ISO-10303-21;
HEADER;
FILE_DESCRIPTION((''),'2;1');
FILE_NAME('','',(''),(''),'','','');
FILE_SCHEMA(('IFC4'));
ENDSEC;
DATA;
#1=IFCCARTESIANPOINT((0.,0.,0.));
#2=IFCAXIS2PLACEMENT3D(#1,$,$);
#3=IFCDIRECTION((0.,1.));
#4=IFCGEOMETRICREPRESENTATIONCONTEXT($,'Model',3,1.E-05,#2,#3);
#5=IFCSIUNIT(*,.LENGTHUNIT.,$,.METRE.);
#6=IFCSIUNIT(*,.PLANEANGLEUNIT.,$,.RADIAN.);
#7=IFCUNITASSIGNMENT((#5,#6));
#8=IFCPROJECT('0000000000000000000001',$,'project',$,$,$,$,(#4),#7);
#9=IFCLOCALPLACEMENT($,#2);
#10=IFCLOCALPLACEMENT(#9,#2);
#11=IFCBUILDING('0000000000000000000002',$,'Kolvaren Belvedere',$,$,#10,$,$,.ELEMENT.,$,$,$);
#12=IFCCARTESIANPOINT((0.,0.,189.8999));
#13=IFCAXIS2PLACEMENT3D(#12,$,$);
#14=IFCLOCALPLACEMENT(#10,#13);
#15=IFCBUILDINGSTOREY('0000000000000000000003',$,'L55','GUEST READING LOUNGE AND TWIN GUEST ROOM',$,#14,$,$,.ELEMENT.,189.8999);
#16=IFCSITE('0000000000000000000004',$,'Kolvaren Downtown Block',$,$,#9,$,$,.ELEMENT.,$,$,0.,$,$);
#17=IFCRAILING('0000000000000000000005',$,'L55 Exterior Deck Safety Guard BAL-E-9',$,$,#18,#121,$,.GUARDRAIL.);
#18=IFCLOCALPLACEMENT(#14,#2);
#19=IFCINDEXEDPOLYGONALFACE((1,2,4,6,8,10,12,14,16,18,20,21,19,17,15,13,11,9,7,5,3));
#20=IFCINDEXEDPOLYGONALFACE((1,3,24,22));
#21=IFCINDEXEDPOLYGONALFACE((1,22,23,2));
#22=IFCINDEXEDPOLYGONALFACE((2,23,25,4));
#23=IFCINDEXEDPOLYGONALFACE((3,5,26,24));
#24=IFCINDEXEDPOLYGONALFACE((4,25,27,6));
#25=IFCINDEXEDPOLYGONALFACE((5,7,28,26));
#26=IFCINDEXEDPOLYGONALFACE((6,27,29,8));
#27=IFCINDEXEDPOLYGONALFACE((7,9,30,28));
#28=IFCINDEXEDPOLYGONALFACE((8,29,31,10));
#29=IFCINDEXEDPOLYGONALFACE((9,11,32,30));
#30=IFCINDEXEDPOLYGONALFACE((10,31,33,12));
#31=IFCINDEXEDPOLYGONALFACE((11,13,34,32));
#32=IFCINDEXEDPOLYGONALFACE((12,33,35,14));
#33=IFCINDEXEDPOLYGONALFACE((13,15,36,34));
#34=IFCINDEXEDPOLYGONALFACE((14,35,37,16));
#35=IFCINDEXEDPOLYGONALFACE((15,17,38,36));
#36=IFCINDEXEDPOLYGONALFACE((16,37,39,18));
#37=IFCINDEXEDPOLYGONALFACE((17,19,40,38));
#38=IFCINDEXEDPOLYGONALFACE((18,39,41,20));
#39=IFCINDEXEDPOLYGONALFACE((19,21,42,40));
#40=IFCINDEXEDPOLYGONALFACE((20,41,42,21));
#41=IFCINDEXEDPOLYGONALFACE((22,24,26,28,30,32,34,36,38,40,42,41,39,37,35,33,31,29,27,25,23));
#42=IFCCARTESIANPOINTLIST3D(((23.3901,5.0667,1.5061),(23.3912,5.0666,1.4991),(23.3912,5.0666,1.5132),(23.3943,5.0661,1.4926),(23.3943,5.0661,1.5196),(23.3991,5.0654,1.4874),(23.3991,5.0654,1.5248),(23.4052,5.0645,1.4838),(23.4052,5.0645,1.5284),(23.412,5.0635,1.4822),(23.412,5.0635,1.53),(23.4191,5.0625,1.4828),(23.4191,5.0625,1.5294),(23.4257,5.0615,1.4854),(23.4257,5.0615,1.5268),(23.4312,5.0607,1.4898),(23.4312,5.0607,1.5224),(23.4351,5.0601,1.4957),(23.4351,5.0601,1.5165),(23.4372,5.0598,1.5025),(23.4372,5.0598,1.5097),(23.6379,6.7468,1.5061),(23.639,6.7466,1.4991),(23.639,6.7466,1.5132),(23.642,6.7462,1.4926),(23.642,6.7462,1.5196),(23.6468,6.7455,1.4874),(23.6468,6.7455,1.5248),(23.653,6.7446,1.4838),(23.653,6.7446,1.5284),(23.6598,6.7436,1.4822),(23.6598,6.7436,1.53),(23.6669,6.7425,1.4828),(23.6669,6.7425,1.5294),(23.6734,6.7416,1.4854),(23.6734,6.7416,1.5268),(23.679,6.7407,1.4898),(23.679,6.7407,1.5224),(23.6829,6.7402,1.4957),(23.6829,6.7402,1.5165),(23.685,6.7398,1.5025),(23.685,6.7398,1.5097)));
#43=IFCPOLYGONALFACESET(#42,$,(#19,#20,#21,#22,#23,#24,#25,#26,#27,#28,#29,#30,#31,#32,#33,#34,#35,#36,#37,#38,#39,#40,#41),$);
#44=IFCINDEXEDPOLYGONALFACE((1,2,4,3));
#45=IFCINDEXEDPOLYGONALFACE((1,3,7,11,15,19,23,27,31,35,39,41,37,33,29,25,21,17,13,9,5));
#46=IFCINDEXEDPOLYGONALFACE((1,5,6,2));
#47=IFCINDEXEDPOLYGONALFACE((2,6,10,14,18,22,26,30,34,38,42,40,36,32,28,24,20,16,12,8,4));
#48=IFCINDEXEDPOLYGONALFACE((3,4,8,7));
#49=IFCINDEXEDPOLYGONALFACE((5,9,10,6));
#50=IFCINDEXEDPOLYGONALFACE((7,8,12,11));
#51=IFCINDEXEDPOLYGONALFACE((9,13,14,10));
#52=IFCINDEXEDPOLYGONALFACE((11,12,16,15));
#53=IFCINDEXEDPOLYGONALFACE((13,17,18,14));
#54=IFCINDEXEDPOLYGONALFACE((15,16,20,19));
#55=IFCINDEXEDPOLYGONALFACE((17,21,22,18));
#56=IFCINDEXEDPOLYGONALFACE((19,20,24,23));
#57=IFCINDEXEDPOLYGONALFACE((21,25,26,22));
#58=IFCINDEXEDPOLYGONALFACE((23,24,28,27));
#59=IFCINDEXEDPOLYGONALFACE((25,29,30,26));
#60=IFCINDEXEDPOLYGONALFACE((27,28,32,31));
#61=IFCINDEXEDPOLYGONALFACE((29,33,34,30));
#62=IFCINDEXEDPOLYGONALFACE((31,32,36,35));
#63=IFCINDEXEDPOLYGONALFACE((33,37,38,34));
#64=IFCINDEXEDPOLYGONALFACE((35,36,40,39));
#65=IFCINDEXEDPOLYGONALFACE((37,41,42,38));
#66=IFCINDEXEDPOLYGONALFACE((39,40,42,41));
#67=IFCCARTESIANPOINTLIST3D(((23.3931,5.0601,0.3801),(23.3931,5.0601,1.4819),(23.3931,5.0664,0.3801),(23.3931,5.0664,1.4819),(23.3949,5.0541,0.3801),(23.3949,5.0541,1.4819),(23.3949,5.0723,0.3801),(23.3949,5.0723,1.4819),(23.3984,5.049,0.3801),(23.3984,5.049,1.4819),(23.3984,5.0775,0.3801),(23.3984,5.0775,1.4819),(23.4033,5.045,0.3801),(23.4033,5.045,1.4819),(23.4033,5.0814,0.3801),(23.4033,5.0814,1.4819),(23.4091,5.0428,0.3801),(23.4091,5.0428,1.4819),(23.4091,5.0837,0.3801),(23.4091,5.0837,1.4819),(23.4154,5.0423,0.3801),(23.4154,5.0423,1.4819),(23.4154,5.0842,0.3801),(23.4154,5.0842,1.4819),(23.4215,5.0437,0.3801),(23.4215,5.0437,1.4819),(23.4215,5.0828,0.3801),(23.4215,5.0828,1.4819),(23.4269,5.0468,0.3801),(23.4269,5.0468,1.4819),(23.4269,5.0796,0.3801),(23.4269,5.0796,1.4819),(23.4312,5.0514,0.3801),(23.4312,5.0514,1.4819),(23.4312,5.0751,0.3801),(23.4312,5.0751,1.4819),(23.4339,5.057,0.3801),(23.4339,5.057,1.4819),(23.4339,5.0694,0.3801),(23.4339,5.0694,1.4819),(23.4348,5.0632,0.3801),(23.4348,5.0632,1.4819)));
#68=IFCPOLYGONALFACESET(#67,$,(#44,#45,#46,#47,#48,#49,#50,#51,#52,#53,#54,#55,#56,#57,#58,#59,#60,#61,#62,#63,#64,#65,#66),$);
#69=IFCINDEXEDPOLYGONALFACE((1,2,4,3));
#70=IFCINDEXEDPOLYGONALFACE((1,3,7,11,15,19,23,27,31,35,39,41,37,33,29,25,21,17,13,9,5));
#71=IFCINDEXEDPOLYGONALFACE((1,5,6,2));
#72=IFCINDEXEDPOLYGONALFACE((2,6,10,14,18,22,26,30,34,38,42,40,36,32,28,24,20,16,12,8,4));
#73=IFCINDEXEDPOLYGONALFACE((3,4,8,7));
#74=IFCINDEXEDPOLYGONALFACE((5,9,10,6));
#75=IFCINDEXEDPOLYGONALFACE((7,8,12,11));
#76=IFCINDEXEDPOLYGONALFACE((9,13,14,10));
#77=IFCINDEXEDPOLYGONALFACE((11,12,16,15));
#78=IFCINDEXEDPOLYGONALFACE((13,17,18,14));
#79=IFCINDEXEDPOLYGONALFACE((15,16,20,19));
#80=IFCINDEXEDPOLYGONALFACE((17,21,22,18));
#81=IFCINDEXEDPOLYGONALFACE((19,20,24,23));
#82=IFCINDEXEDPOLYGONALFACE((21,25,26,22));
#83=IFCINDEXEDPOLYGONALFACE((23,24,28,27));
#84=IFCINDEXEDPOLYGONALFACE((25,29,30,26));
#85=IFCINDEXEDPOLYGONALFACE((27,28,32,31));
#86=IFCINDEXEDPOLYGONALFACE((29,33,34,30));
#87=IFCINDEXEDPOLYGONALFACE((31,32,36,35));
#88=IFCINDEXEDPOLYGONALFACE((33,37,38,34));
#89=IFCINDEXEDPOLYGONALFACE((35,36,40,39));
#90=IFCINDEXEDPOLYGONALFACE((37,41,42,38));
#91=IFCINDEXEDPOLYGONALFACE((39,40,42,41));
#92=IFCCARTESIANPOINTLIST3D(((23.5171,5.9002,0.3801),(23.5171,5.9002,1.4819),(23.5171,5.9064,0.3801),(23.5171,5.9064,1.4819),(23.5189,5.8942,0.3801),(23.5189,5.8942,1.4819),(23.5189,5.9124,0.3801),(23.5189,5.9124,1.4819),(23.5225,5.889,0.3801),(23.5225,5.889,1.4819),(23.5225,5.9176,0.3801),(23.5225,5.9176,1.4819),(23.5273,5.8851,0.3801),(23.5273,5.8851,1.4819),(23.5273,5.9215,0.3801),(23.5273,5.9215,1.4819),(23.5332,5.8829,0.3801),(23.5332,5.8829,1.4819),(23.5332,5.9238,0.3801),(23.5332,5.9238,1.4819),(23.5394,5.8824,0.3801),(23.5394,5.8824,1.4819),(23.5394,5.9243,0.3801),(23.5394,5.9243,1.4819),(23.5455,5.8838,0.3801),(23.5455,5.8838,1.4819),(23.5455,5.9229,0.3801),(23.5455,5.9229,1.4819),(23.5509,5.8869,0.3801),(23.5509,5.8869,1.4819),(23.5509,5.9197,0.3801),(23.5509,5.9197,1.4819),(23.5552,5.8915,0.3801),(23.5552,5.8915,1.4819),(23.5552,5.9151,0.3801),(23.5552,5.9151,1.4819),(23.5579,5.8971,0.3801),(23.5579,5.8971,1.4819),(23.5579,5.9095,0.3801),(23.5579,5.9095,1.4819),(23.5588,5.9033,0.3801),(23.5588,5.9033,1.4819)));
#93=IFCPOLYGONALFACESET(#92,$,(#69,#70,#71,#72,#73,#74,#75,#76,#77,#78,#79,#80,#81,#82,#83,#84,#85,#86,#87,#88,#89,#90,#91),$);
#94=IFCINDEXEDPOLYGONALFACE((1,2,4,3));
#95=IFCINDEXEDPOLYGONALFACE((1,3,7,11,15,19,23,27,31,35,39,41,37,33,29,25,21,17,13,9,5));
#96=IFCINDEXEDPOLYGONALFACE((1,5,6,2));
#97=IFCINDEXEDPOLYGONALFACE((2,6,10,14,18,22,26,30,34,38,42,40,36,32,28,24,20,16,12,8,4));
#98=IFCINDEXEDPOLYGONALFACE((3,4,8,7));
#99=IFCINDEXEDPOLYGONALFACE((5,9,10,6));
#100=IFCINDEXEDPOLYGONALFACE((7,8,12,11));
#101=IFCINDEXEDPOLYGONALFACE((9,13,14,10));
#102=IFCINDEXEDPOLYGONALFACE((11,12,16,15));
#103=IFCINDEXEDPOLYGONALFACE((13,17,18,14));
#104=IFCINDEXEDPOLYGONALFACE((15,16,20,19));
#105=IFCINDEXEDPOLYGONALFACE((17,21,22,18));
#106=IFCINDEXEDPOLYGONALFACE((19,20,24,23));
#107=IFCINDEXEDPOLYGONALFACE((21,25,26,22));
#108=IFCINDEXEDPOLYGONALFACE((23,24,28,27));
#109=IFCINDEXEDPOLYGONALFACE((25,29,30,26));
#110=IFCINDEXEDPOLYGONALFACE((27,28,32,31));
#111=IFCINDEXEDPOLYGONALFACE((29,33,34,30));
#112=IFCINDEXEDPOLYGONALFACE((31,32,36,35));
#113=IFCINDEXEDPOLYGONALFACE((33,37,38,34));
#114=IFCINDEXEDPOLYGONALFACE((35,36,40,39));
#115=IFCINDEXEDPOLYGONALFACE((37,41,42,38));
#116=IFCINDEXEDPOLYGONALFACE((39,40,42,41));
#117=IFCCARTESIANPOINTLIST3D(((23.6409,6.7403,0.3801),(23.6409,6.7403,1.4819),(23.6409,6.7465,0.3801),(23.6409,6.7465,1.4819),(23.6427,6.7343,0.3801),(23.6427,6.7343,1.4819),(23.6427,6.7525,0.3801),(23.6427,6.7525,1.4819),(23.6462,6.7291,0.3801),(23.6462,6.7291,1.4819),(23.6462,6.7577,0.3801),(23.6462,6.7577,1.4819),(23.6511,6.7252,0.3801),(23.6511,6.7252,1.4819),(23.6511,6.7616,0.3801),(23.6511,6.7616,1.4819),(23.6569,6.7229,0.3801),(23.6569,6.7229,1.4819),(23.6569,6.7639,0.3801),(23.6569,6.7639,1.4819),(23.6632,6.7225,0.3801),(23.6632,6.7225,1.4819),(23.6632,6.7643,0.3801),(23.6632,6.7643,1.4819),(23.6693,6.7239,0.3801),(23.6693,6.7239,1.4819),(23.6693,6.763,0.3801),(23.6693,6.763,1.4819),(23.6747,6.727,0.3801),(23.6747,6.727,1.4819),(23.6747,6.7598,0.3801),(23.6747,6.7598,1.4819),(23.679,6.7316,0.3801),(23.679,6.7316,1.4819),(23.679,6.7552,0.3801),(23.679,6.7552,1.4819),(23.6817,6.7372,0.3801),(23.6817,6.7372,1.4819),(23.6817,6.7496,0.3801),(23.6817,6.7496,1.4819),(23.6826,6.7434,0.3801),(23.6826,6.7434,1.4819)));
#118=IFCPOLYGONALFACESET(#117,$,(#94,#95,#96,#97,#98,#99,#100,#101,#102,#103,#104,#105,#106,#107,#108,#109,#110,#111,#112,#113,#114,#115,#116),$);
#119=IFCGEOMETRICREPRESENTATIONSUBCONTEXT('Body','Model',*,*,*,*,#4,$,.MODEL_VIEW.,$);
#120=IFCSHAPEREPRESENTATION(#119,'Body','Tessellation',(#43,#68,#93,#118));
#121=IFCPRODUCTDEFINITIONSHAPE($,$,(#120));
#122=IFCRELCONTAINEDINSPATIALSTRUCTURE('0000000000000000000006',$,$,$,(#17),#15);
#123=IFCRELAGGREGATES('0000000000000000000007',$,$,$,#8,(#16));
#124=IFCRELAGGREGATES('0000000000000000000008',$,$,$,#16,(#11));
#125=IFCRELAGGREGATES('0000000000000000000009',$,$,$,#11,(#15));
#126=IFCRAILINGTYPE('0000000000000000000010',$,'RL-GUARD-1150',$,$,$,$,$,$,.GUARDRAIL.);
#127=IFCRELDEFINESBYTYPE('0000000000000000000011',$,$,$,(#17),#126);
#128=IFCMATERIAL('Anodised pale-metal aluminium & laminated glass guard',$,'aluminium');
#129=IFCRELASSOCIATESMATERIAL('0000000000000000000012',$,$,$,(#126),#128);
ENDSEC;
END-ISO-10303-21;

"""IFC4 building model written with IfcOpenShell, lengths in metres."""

from ifc_helpers import new_model, si_unit, direction, frame, origin, origin_2d, place, context, subcontext, project, spatial, circle, extrude, material, type_object, element, save


model = new_model("IFC4")

# Units and contexts
model_context = context("Model", 3, precision=1e-05, world=origin(), true_north=direction((0.0, 1.0)))
body_context = subcontext(model_context, "Body", "Model", "MODEL_VIEW")
ifc_project = project(units=[si_unit("LENGTHUNIT", "METRE"), si_unit("PLANEANGLEUNIT", "RADIAN")], contexts=[model_context])

# Site, building, storey
site_placement = place(None, origin())
site = spatial("IfcSite", under=ifc_project, at=site_placement, Name="Kolvaren Downtown Block", CompositionType="ELEMENT", RefElevation=0.0)
building_placement = place(site_placement, origin())
building = spatial("IfcBuilding", under=site, at=building_placement, Name="Kolvaren Belvedere", CompositionType="ELEMENT")
storey_placement = place(building_placement, frame((0.0, 0.0, 189.8999)))
storey = spatial("IfcBuildingStorey", under=building, at=storey_placement, Name="L55", Description="GUEST READING LOUNGE AND TWIN GUEST ROOM", CompositionType="ELEMENT", Elevation=189.8999)

# Railing
ifc_material_1 = material(Name="Anodised pale-metal aluminium & laminated glass guard", Category="aluminium")
railing_type = type_object("IfcRailingType", Name="RL-GUARD-1150", PredefinedType="GUARDRAIL", material=ifc_material_1)
railing_1_placement = place(storey_placement, frame((23.4138, 5.0632, 0.3801)))
element("IfcRailing", 1, at=railing_1_placement, inside=storey, type_object=railing_type, Name="L55 Exterior Deck Safety Guard BAL-E-9", PredefinedType="GUARDRAIL", context=body_context, shape_type="SweptSolid", body=[
    extrude(circle(Radius=0.0239, at=origin_2d()), frame((0.0, 0.0, 1.126), z_axis=(0.145908, 0.989298, 0.0), x_axis=(-0.989298, 0.145908, 0.0)), (0.0, 0.0, 1.0), 1.6982),
    extrude(circle(Radius=0.021, at=origin_2d()), origin(), (0.0, 0.0, 1.0), 1.1018),
    extrude(circle(Radius=0.021, at=origin_2d()), frame((0.124, 0.8401, 0.0)), (0.0, 0.0, 1.0), 1.1018),
    extrude(circle(Radius=0.021, at=origin_2d()), frame((0.2478, 1.6802, 0.0)), (0.0, 0.0, 1.0), 1.1018),
])

save(model, "model.ifc")
